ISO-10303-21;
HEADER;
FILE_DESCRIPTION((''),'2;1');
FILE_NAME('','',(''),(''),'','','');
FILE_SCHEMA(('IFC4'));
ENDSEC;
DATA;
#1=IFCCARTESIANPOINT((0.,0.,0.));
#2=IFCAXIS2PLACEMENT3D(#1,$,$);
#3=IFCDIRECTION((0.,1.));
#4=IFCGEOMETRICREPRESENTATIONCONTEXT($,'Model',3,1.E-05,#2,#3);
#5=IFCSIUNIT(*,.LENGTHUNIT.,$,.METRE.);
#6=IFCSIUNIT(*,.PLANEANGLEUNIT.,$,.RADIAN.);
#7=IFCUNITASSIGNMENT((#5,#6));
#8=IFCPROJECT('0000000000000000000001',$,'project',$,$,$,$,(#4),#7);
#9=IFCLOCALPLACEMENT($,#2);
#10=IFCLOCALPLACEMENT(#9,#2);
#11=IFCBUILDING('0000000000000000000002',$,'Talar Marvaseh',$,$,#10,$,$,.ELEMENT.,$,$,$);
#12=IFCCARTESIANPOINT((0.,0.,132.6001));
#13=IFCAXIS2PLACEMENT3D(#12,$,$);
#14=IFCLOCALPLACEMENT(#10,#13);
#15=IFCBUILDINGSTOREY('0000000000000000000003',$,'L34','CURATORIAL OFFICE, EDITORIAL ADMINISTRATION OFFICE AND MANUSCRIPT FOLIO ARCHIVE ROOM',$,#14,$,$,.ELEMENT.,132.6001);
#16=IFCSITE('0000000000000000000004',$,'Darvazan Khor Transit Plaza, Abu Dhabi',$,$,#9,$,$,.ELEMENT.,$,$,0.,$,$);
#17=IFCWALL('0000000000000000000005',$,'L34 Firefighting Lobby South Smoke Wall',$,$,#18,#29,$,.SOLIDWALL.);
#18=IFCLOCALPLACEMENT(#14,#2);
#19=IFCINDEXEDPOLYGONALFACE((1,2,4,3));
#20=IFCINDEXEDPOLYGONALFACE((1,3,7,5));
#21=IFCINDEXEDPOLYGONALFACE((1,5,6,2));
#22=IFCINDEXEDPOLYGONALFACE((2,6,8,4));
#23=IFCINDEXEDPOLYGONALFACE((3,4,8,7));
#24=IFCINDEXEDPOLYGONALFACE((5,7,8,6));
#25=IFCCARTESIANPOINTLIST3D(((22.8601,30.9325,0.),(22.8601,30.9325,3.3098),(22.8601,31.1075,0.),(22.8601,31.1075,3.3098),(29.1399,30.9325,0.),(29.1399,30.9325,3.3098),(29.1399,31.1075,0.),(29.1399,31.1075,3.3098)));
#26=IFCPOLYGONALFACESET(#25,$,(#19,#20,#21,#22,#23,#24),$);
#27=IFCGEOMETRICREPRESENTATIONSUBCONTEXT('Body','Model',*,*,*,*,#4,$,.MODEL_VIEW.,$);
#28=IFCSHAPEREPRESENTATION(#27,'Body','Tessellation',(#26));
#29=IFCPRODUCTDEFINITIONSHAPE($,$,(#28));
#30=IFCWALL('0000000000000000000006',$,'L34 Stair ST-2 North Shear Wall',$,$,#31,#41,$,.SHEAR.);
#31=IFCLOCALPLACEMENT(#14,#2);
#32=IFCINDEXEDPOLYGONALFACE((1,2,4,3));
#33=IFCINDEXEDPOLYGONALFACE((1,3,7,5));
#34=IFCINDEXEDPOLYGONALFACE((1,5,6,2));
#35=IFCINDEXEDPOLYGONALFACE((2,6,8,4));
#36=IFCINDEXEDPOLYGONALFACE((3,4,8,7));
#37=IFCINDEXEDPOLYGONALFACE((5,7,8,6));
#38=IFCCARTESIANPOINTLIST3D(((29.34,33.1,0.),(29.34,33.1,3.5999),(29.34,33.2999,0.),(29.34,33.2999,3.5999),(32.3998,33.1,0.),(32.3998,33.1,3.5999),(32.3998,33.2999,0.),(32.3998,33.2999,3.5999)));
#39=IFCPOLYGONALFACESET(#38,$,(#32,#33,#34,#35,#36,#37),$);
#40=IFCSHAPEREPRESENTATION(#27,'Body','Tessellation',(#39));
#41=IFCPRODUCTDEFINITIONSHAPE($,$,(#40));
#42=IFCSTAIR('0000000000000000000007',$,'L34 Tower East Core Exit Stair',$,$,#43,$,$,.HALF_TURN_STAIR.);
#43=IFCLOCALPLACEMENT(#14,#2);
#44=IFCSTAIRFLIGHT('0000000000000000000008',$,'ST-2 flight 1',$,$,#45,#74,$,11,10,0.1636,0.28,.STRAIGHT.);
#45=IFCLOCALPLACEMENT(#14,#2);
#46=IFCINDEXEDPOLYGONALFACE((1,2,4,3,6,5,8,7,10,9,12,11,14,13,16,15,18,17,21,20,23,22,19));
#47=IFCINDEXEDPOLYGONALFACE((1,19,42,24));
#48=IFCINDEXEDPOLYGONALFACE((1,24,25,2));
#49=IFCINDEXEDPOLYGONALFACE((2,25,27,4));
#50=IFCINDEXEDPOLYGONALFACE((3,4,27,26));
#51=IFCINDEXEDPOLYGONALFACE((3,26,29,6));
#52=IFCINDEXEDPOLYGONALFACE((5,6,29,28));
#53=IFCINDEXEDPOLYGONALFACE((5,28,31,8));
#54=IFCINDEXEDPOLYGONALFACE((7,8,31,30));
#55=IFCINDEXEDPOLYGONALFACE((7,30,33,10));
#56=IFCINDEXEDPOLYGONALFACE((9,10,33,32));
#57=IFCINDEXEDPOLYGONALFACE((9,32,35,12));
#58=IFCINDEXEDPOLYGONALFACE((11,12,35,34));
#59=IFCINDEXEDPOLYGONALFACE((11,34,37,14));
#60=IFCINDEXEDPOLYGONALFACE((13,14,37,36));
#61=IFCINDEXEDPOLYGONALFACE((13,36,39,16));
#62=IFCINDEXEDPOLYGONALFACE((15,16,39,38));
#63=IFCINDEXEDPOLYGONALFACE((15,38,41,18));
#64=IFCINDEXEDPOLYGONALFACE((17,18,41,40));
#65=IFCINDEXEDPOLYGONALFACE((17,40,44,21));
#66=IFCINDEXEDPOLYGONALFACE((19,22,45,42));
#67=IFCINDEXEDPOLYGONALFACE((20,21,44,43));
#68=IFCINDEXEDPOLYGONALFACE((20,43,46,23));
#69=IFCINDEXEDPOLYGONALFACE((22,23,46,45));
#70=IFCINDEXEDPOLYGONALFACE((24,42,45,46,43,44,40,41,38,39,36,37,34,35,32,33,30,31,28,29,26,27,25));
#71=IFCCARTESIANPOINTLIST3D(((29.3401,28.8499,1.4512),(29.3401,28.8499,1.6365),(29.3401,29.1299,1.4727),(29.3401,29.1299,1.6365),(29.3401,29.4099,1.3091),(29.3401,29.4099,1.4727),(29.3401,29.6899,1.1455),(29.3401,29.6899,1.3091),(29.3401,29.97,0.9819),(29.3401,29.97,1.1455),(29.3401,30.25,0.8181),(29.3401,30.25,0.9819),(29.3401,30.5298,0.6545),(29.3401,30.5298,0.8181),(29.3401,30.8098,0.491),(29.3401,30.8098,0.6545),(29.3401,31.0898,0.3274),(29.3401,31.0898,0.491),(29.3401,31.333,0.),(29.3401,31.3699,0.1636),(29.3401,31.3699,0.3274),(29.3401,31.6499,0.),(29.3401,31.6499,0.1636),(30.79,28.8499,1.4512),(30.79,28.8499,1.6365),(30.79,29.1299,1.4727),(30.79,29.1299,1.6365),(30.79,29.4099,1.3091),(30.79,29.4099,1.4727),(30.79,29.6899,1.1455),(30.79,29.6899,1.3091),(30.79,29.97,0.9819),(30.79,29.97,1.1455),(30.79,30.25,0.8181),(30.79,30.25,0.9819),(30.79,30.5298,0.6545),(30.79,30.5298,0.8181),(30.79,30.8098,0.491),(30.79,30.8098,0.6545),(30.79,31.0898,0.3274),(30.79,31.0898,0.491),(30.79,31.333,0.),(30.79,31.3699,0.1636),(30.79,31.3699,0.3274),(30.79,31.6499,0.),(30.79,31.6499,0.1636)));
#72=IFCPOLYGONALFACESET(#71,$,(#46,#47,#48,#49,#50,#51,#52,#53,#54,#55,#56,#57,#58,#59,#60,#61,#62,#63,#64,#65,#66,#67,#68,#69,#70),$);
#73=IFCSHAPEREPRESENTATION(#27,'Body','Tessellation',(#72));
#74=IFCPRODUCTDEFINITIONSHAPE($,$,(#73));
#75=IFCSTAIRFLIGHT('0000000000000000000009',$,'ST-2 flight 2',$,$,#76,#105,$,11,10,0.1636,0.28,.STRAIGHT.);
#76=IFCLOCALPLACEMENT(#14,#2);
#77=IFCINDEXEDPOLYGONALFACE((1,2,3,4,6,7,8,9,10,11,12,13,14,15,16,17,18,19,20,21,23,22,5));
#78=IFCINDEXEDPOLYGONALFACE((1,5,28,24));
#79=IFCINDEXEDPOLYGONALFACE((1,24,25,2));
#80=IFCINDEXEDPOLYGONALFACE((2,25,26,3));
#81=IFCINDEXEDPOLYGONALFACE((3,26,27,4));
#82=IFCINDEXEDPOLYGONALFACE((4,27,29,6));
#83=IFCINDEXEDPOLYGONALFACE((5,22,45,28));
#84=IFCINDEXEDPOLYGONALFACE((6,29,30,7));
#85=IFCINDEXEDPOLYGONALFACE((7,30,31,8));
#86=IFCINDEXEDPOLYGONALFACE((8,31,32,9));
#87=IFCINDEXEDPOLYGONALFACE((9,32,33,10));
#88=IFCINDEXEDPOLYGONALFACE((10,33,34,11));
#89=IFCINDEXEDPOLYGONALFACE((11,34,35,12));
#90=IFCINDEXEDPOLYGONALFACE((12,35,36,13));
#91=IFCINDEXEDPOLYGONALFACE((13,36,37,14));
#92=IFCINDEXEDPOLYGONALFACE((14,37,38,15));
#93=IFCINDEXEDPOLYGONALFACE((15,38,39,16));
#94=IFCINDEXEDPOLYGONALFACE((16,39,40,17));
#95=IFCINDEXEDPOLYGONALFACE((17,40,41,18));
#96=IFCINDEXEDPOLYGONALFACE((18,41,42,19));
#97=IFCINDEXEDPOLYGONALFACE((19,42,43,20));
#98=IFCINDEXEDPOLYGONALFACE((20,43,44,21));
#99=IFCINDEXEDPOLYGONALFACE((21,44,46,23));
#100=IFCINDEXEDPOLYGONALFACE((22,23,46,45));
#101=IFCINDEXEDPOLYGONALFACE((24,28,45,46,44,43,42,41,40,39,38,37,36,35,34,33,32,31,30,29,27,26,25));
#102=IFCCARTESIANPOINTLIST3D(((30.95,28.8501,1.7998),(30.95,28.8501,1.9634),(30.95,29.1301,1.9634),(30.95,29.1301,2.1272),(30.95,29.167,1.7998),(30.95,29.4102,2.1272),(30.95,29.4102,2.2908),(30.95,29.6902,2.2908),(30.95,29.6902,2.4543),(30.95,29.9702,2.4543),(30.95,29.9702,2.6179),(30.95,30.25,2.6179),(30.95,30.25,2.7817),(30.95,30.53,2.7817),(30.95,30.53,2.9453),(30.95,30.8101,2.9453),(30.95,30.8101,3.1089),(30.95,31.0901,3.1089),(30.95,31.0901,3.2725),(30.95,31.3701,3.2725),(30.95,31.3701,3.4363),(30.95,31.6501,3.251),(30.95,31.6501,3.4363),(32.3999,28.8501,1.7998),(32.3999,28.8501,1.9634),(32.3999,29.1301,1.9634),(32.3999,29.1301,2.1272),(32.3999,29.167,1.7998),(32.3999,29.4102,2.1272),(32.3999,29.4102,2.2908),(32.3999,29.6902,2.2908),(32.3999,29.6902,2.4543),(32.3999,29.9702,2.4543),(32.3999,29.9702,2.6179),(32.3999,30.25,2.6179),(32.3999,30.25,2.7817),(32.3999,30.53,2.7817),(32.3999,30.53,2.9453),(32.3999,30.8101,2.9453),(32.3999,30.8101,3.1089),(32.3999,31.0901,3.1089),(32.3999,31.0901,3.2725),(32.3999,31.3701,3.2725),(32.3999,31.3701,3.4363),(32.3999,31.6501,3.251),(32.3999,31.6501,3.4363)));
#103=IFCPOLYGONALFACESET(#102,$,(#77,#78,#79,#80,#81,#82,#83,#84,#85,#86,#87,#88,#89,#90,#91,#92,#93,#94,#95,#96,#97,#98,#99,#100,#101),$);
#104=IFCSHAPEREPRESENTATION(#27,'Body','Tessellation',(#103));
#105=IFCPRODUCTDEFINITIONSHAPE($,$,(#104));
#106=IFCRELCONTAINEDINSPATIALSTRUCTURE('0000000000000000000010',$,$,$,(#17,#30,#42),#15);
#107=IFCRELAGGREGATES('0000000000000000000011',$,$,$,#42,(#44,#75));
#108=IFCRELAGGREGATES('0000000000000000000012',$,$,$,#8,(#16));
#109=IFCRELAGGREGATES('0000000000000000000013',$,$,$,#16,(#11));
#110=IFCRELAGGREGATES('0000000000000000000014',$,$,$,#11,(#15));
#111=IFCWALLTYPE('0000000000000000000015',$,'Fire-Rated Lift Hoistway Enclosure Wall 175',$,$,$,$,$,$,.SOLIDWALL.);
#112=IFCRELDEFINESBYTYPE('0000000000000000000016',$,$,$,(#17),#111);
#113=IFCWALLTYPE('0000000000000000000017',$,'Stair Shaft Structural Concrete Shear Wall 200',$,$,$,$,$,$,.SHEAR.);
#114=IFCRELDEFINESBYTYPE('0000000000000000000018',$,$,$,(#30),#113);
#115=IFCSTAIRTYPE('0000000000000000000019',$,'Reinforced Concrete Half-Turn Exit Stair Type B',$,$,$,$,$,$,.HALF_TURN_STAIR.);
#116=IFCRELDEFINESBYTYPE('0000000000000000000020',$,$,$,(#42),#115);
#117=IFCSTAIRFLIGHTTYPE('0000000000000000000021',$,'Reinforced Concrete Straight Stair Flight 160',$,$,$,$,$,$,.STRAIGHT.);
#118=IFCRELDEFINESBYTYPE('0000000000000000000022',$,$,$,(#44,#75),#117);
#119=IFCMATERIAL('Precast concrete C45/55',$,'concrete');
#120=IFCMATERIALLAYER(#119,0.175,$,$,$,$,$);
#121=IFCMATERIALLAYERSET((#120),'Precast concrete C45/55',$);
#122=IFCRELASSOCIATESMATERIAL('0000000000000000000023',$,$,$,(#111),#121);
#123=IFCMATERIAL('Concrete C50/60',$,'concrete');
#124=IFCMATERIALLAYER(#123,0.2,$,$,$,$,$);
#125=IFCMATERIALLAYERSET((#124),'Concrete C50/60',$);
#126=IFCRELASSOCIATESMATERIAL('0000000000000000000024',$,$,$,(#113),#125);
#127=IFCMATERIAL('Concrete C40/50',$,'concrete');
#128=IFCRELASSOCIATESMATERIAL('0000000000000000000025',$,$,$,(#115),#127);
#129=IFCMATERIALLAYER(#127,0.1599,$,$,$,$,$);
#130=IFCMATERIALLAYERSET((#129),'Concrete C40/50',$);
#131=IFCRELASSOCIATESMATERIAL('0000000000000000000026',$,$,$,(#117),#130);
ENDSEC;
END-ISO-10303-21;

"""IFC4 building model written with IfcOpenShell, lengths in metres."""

from ifc_helpers import new_model, si_unit, direction, frame, frame_2d, origin, place, context, subcontext, project, spatial, polyline, rectangle, outline, extrude, material, layer, layer_set, type_object, element, aggregate, save


model = new_model("IFC4")

# Units and contexts
model_context = context("Model", 3, precision=1e-05, world=origin(), true_north=direction((0.0, 1.0)))
body_context = subcontext(model_context, "Body", "Model", "MODEL_VIEW")
ifc_project = project(units=[si_unit("LENGTHUNIT", "METRE"), si_unit("PLANEANGLEUNIT", "RADIAN")], contexts=[model_context])

# Site, building, storey
site_placement = place(None, origin())
site = spatial("IfcSite", under=ifc_project, at=site_placement, Name="Darvazan Khor Transit Plaza, Abu Dhabi", CompositionType="ELEMENT", RefElevation=0.0)
building_placement = place(site_placement, origin())
building = spatial("IfcBuilding", under=site, at=building_placement, Name="Talar Marvaseh", CompositionType="ELEMENT")
storey_placement = place(building_placement, frame((0.0, 0.0, 132.6001)))
storey = spatial("IfcBuildingStorey", under=building, at=storey_placement, Name="L34", Description="CURATORIAL OFFICE, EDITORIAL ADMINISTRATION OFFICE AND MANUSCRIPT FOLIO ARCHIVE ROOM", CompositionType="ELEMENT", Elevation=132.6001)

# Shared definitions
ifc_material_1 = material(Name="Concrete C40/50", Category="concrete")

# Shared definitions
ifc_material_2 = material(Name="Precast concrete C45/55", Category="concrete")

# Shared definitions
ifc_layer_1 = layer(ifc_material_2, 0.175)
ifc_layer_set_1 = layer_set([ifc_layer_1], Name="Precast concrete C45/55")
wall_type_1 = type_object("IfcWallType", Name="Fire-Rated Lift Hoistway Enclosure Wall 175", PredefinedType="SOLIDWALL", material=ifc_layer_set_1)

# Walls
wall_1_placement = place(storey_placement, frame((22.8601, 31.02, 0.0), z_axis=(0.0, 0.0, 1.0), x_axis=(1.0, 0.0, 0.0)))
element("IfcWall", 1, at=wall_1_placement, inside=storey, type_object=wall_type_1, Name="L34 Firefighting Lobby South Smoke Wall", PredefinedType="SOLIDWALL", context=body_context, shape_type="SweptSolid", body=[
    extrude(rectangle(XDim=6.2798, YDim=0.175, at=frame_2d((3.1399, 0.0))), origin(), (0.0, 0.0, 1.0), 3.3098),
])
ifc_material_3 = material(Name="Concrete C50/60", Category="concrete")
ifc_layer_2 = layer(ifc_material_3, 0.2)
ifc_layer_set_2 = layer_set([ifc_layer_2], Name="Concrete C50/60")
wall_type_2 = type_object("IfcWallType", Name="Stair Shaft Structural Concrete Shear Wall 200", PredefinedType="SHEAR", material=ifc_layer_set_2)
wall_2_placement = place(storey_placement, frame((29.3401, 33.2, 0.0), z_axis=(0.0, 0.0, 1.0), x_axis=(1.0, 0.0, 0.0)))
element("IfcWall", 2, at=wall_2_placement, inside=storey, type_object=wall_type_2, Name="L34 Stair ST-2 North Shear Wall", PredefinedType="SHEAR", context=body_context, shape_type="SweptSolid", body=[
    extrude(rectangle(XDim=3.0598, YDim=0.2, at=frame_2d((1.5298, 0.0))), origin(), (0.0, 0.0, 1.0), 3.5999),
])

# Stair, stair flights
stair_type = type_object("IfcStairType", Name="Reinforced Concrete Half-Turn Exit Stair Type B", PredefinedType="HALF_TURN_STAIR", material=ifc_material_1)
stair_placement = place(storey_placement, origin())
stair = element("IfcStair", 3, at=stair_placement, inside=storey, type_object=stair_type, Name="L34 Tower East Core Exit Stair", PredefinedType="HALF_TURN_STAIR")
ifc_layer_3 = layer(ifc_material_1, 0.1599)
ifc_layer_set_3 = layer_set([ifc_layer_3], Name="Concrete C40/50")
stair_flight_type = type_object("IfcStairFlightType", Name="Reinforced Concrete Straight Stair Flight 160", PredefinedType="STRAIGHT", material=ifc_layer_set_3)
stair_flight_1_placement = place(storey_placement, frame((30.0649, 31.6499, 0.0), z_axis=(0.0, 0.0, 1.0), x_axis=(0.0, -1.0, 0.0)))
stair_flight_1 = element("IfcStairFlight", 4, at=stair_flight_1_placement, type_object=stair_flight_type, Name="ST-2 flight 1", NumberOfRisers=11, NumberOfTreads=10, PredefinedType="STRAIGHT", RiserHeight=0.1636, TreadLength=0.28, context=body_context, shape_type="SweptSolid", body=[
    extrude(outline(polyline([(0.0, 0.0), (0.0, 0.1636), (0.28, 0.1636), (0.28, 0.3274), (0.5601, 0.3274), (0.5601, 0.491), (0.8401, 0.491), (0.8401, 0.6545), (1.1201, 0.6545), (1.1201, 0.8181), (1.3999, 0.8181), (1.3999, 0.9819), (1.6799, 0.9819), (1.6799, 1.1455), (1.96, 1.1455), (1.96, 1.3091), (2.24, 1.3091), (2.24, 1.4727), (2.52, 1.4727), (2.52, 1.6365), (2.8, 1.6365), (2.8, 1.8), (2.8, 1.4512), (0.3169, 0.0), (0.0, 0.0)])), frame((0.0, 0.7251, 0.0), z_axis=(0.0, -1.0, 0.0), x_axis=(1.0, 0.0, 0.0)), (0.0, 0.0, 1.0), 1.45),
])
stair_flight_2_placement = place(storey_placement, frame((31.675, 28.8501, 1.7998), z_axis=(0.0, 0.0, 1.0), x_axis=(0.0, 1.0, 0.0)))
stair_flight_2 = element("IfcStairFlight", 5, at=stair_flight_2_placement, type_object=stair_flight_type, Name="ST-2 flight 2", NumberOfRisers=11, NumberOfTreads=10, PredefinedType="STRAIGHT", RiserHeight=0.1636, TreadLength=0.28, context=body_context, shape_type="SweptSolid", body=[
    extrude(outline(polyline([(0.0, 0.0), (0.0, 0.1636), (0.28, 0.1636), (0.28, 0.3274), (0.5601, 0.3274), (0.5601, 0.491), (0.8401, 0.491), (0.8401, 0.6545), (1.1201, 0.6545), (1.1201, 0.8181), (1.3999, 0.8181), (1.3999, 0.9819), (1.6799, 0.9819), (1.6799, 1.1455), (1.96, 1.1455), (1.96, 1.3091), (2.24, 1.3091), (2.24, 1.4727), (2.52, 1.4727), (2.52, 1.6365), (2.8, 1.6365), (2.8, 1.8), (2.8, 1.4512), (0.3169, 0.0), (0.0, 0.0)])), frame((0.0, 0.7251, 0.0), z_axis=(0.0, -1.0, 0.0), x_axis=(1.0, 0.0, 0.0)), (0.0, 0.0, 1.0), 1.45),
])
aggregate(stair, [stair_flight_1, stair_flight_2])

save(model, "model.ifc")
